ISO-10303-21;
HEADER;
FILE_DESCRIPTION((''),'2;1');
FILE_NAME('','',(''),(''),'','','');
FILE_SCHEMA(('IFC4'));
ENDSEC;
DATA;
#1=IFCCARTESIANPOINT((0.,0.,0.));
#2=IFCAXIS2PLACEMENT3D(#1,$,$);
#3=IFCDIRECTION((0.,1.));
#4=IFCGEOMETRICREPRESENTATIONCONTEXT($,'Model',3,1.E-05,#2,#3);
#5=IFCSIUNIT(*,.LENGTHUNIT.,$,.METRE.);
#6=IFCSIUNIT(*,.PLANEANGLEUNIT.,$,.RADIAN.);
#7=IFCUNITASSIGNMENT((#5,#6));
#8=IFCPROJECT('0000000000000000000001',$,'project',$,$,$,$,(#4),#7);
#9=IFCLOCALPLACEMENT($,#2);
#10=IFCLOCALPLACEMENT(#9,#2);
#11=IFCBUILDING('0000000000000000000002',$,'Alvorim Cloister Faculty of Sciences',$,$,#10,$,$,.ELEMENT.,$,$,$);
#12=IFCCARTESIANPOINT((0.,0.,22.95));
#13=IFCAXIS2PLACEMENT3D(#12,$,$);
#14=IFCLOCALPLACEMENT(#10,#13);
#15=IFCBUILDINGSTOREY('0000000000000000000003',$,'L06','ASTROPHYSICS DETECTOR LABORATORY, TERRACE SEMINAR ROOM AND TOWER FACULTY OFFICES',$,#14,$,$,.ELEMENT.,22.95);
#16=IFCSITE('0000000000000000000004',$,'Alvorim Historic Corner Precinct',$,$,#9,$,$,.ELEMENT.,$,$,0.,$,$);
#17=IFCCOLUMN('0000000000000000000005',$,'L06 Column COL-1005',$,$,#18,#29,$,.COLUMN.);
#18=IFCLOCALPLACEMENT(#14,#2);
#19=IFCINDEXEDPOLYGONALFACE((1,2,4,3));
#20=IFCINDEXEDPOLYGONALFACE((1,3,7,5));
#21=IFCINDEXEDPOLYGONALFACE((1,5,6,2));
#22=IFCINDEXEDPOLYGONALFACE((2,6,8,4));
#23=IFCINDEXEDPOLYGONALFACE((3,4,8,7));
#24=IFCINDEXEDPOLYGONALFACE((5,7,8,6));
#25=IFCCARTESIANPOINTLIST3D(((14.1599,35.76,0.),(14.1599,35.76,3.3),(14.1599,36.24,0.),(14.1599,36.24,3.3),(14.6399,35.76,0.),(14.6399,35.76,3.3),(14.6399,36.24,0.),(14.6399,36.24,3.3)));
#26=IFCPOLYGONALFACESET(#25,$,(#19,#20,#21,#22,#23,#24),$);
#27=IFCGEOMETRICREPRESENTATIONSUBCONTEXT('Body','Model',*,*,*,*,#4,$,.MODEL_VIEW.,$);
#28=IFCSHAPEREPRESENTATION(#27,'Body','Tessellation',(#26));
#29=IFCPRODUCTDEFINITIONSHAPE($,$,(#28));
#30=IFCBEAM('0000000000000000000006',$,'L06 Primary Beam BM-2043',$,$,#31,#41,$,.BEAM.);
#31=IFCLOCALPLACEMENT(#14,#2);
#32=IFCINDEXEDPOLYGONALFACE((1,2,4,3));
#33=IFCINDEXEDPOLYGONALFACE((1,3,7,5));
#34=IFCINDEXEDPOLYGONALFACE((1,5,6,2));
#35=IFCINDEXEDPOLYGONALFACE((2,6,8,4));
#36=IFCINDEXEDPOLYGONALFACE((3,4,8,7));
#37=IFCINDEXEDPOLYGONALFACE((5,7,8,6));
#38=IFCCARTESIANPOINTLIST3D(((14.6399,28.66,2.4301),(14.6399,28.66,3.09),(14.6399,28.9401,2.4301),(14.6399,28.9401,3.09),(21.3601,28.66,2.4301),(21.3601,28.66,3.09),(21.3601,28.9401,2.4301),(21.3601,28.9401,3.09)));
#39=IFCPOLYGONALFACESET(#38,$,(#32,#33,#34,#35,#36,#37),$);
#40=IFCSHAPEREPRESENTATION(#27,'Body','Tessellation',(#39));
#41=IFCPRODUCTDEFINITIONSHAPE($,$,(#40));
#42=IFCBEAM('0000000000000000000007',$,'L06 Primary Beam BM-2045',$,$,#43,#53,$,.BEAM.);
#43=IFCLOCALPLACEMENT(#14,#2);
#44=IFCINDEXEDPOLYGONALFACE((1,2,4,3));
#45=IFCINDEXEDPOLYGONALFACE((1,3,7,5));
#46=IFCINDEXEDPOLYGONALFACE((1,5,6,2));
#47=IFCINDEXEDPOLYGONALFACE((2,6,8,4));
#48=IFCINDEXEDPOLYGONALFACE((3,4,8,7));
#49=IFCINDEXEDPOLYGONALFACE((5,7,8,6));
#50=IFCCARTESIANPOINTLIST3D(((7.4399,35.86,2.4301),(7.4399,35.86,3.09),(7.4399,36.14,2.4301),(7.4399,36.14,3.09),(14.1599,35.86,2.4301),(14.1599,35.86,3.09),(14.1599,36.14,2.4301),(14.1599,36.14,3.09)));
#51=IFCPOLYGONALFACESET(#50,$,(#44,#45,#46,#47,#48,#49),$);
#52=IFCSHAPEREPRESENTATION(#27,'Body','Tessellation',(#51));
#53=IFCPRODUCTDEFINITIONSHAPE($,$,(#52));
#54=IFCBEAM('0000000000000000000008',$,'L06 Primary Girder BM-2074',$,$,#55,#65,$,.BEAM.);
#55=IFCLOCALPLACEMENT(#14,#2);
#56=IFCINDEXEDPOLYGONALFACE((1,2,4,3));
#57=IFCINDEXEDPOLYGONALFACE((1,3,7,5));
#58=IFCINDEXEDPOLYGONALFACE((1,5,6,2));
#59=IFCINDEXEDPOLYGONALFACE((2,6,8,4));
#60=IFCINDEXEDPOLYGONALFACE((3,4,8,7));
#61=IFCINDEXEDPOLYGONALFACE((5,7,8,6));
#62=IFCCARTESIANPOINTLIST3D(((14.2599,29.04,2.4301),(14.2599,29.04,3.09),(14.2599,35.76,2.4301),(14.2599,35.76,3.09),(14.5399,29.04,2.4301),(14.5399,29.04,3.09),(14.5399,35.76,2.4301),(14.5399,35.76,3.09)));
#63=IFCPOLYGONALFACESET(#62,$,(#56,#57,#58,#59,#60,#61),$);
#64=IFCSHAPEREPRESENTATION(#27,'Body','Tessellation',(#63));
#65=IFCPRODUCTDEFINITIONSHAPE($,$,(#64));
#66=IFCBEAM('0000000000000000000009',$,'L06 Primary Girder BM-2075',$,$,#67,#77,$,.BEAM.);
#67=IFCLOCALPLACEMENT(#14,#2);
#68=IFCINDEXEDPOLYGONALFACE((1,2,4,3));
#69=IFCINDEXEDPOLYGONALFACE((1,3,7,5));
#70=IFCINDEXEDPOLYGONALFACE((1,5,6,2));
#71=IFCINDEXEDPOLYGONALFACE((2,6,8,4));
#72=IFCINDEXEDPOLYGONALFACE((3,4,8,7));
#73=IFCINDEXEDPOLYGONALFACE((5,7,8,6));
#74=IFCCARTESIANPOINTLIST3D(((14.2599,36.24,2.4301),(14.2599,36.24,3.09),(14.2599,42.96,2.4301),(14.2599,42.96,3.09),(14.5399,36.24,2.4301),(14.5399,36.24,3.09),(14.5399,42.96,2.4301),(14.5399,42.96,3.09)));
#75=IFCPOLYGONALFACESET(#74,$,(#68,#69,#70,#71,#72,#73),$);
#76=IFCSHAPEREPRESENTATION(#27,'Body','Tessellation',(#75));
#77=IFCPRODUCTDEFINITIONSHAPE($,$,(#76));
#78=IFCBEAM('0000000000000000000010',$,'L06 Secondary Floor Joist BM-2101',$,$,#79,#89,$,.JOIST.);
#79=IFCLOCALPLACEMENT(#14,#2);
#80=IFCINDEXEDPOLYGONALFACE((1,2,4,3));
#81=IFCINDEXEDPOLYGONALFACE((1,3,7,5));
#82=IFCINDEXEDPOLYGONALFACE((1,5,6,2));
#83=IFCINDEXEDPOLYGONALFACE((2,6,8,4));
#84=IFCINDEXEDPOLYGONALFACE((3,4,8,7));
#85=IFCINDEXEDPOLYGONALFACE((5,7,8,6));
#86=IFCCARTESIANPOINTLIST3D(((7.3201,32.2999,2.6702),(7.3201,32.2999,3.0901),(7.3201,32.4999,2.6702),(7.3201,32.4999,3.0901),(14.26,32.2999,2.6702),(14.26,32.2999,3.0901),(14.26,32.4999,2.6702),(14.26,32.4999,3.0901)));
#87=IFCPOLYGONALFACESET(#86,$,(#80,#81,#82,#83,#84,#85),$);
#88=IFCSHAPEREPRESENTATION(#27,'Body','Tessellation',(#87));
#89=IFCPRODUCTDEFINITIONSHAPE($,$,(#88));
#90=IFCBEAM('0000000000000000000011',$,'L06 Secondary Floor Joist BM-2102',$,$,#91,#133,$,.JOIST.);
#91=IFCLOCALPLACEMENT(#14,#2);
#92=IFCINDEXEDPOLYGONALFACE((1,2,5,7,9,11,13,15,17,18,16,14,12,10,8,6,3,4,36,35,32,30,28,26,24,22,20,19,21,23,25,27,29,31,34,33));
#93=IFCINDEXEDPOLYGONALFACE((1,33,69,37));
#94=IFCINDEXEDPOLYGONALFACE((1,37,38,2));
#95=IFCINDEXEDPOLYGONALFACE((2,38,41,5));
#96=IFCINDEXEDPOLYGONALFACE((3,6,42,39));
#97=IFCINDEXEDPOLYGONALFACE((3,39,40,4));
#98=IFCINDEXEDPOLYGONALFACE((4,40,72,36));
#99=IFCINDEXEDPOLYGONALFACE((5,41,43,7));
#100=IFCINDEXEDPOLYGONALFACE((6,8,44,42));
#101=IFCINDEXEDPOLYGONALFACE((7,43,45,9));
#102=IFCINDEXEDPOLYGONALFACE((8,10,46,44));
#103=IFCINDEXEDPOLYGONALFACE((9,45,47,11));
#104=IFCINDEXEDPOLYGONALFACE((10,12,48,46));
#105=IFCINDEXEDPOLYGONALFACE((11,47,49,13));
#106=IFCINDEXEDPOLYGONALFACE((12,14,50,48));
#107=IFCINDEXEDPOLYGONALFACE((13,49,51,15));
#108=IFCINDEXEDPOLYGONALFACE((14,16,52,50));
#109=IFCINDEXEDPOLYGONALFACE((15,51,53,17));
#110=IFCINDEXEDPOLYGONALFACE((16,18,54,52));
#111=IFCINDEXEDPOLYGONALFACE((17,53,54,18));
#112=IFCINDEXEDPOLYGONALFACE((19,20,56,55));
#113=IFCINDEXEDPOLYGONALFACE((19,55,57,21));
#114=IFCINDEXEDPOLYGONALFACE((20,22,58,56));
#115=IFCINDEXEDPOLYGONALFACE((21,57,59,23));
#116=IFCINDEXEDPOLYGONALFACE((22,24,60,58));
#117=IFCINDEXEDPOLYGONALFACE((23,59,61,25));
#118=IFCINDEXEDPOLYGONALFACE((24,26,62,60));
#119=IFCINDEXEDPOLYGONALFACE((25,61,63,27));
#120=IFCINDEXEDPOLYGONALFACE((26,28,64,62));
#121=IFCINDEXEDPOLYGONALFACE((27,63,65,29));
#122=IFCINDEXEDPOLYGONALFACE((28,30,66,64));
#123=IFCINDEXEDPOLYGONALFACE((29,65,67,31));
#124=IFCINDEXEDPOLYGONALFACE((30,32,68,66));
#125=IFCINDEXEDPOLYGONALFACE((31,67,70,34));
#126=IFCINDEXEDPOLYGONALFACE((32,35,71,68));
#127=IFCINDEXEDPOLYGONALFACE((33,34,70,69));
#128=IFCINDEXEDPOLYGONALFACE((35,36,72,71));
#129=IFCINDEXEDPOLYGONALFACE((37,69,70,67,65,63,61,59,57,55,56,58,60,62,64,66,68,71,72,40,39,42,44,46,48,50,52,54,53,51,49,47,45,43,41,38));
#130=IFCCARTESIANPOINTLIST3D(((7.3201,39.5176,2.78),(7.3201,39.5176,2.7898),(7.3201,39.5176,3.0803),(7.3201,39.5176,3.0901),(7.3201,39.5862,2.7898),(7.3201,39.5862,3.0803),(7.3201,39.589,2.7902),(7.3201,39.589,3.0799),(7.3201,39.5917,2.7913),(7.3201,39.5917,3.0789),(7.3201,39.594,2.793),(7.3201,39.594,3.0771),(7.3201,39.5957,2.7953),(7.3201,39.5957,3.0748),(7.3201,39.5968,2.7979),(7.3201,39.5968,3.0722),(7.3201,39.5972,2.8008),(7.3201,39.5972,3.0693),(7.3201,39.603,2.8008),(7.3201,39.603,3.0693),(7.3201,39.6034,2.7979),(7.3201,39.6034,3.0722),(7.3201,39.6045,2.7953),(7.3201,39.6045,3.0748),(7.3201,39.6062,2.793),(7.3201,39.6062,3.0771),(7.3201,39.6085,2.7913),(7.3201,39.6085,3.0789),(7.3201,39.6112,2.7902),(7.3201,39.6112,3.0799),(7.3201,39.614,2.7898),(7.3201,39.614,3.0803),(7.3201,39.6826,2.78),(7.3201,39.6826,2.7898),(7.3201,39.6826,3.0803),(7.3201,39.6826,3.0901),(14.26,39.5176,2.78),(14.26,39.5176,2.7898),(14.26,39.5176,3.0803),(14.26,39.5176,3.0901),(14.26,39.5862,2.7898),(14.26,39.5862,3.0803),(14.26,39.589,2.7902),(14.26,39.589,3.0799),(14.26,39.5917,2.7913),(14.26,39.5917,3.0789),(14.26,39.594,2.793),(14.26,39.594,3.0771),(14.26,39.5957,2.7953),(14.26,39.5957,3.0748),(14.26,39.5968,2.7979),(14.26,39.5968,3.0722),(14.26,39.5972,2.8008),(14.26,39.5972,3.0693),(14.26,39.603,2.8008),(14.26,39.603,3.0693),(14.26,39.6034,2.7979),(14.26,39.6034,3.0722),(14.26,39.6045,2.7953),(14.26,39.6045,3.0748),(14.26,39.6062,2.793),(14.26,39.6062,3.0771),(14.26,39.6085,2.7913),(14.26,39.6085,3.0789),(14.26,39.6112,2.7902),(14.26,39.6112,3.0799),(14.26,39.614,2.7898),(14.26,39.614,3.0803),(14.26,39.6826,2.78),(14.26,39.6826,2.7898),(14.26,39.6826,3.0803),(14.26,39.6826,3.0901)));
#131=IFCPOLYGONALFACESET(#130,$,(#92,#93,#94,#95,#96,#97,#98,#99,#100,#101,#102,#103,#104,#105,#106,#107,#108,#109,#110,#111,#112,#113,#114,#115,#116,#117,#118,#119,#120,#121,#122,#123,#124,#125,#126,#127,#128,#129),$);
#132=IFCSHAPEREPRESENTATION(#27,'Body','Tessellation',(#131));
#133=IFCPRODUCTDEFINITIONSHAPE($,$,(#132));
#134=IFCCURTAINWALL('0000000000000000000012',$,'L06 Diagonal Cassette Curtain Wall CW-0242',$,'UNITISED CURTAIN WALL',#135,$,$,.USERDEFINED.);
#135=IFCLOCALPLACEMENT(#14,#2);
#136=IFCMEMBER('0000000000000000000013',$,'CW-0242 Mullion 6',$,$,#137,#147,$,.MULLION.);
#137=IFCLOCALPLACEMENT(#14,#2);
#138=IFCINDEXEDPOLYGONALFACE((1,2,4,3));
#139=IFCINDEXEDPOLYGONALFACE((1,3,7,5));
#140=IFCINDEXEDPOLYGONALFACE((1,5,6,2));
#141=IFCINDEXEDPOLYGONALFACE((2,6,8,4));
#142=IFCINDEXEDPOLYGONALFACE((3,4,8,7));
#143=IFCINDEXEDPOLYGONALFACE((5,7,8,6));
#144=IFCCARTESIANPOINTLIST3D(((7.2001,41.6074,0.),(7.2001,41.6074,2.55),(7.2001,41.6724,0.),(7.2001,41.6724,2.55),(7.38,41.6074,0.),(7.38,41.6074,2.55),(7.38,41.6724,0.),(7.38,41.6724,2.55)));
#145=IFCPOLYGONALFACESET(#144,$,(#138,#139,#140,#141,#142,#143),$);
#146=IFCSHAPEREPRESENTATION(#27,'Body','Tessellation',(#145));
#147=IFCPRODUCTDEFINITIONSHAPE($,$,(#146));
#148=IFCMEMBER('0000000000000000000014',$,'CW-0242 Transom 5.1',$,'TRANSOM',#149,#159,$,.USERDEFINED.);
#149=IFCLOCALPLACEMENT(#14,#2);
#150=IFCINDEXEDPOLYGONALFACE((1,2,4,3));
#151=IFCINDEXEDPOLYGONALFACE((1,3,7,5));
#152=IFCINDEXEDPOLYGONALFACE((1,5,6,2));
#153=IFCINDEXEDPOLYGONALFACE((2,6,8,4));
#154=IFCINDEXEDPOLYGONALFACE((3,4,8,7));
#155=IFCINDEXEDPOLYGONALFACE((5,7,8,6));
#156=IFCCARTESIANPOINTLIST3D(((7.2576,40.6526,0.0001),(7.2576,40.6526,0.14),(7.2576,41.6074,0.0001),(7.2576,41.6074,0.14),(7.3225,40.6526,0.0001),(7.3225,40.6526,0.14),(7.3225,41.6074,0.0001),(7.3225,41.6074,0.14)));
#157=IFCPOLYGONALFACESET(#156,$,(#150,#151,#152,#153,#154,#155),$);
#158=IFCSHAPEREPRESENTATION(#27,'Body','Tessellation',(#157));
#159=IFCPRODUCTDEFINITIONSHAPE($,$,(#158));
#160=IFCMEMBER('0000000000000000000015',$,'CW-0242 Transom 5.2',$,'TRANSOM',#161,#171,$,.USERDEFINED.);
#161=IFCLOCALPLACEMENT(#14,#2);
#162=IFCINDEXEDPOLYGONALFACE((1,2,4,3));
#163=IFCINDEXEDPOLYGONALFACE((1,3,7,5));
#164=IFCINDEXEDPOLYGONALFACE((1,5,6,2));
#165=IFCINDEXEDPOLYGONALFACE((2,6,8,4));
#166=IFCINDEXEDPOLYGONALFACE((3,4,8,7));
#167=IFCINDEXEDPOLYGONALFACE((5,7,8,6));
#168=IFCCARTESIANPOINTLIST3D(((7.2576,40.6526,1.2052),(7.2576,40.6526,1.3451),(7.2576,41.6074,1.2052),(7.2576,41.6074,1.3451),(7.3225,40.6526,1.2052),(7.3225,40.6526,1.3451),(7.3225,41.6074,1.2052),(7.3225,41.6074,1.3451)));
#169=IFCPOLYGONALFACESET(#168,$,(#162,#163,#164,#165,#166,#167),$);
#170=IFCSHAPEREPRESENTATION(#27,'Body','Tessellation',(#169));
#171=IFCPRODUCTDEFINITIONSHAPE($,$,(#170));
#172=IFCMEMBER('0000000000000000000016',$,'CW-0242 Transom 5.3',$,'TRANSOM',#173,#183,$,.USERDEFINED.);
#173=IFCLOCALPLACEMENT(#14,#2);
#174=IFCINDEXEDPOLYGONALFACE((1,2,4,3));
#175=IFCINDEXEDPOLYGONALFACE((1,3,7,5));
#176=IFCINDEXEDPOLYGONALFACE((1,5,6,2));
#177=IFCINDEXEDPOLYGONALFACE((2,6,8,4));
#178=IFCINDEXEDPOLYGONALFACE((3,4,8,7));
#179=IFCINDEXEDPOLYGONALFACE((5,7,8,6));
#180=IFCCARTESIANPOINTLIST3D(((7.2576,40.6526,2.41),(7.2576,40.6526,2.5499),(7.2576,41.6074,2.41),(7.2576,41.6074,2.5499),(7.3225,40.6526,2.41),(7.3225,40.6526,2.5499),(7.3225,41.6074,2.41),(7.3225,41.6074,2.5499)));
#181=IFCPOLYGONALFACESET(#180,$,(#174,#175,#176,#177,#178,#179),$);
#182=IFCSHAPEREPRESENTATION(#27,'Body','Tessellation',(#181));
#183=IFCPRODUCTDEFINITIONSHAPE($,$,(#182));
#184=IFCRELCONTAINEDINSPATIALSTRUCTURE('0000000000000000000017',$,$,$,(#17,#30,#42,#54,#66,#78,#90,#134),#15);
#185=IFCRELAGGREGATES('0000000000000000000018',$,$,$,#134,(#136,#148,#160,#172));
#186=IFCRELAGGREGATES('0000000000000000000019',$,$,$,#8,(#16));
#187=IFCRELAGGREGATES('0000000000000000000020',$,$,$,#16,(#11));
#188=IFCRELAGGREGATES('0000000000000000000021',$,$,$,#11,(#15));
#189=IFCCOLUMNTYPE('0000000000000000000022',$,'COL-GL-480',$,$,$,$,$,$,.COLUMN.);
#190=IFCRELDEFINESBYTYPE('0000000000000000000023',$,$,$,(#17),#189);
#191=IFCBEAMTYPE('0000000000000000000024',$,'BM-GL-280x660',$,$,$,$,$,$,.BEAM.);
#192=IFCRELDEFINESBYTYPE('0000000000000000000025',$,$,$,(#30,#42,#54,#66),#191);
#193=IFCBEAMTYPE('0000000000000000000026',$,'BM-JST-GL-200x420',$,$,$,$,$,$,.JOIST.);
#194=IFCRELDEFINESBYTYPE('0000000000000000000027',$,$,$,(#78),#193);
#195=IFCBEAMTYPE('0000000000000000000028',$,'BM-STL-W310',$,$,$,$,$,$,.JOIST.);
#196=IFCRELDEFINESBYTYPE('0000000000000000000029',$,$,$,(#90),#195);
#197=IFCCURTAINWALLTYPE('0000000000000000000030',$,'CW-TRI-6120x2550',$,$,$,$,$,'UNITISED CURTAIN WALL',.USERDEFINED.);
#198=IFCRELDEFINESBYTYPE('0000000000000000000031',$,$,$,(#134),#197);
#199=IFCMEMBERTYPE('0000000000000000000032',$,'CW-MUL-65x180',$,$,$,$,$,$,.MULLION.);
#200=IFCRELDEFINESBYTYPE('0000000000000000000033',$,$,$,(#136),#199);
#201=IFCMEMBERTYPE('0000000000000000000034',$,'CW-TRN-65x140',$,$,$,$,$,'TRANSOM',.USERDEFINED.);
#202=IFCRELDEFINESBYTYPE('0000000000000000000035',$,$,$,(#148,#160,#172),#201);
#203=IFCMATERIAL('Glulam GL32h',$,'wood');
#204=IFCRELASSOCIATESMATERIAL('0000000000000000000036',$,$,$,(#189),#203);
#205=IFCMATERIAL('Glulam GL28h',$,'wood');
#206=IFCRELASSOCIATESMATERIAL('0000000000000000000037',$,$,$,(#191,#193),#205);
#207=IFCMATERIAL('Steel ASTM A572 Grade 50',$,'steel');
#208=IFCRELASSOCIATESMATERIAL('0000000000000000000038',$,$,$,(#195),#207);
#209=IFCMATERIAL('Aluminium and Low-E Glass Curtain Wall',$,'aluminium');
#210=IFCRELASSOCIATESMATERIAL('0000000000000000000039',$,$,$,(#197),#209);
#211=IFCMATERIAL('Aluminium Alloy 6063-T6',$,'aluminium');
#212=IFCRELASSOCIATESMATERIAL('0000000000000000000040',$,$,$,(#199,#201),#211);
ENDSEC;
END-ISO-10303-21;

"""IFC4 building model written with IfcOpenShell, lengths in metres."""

from ifc_helpers import new_model, si_unit, direction, frame, origin, origin_2d, place, context, subcontext, project, spatial, rectangle, i_section, extrude, material, material_profile, profile_set, type_object, element, aggregate, save


model = new_model("IFC4")

# Units and contexts
model_context = context("Model", 3, precision=1e-05, world=origin(), true_north=direction((0.0, 1.0)))
body_context = subcontext(model_context, "Body", "Model", "MODEL_VIEW")
ifc_project = project(units=[si_unit("LENGTHUNIT", "METRE"), si_unit("PLANEANGLEUNIT", "RADIAN")], contexts=[model_context])

# Site, building, storey
site_placement = place(None, origin())
site = spatial("IfcSite", under=ifc_project, at=site_placement, Name="Alvorim Historic Corner Precinct", CompositionType="ELEMENT", RefElevation=0.0)
building_placement = place(site_placement, origin())
building = spatial("IfcBuilding", under=site, at=building_placement, Name="Alvorim Cloister Faculty of Sciences", CompositionType="ELEMENT")
storey_placement = place(building_placement, frame((0.0, 0.0, 22.95)))
storey = spatial("IfcBuildingStorey", under=building, at=storey_placement, Name="L06", Description="ASTROPHYSICS DETECTOR LABORATORY, TERRACE SEMINAR ROOM AND TOWER FACULTY OFFICES", CompositionType="ELEMENT", Elevation=22.95)

# Column
ifc_material_1 = material(Name="Glulam GL32h", Category="wood")
ifc_material_profile_1 = material_profile(ifc_material_1, rectangle(XDim=0.48, YDim=0.48, at=origin_2d()), Name="GL32-COL-480x480")
ifc_profile_set_1 = profile_set([ifc_material_profile_1], Name="Glulam GL32h")
column_type = type_object("IfcColumnType", Name="COL-GL-480", PredefinedType="COLUMN", material=ifc_profile_set_1)
column_placement = place(storey_placement, frame((14.3999, 36.0, 0.0), z_axis=(0.0, 0.0, 1.0), x_axis=(1.0, 0.0, 0.0)))
element("IfcColumn", 1, at=column_placement, inside=storey, type_object=column_type, Name="L06 Column COL-1005", PredefinedType="COLUMN", context=body_context, shape_type="SweptSolid", body=[
    extrude(rectangle(XDim=0.48, YDim=0.48, at=origin_2d()), origin(), (0.0, 0.0, 1.0), 3.3),
])

# Beams
ifc_material_2 = material(Name="Glulam GL28h", Category="wood")
ifc_material_profile_2 = material_profile(ifc_material_2, rectangle(XDim=0.28, YDim=0.6599, at=origin_2d()), Name="GL28-BM-280x660")
ifc_profile_set_2 = profile_set([ifc_material_profile_2], Name="Glulam GL28h")
beam_type_1 = type_object("IfcBeamType", Name="BM-GL-280x660", PredefinedType="BEAM", material=ifc_profile_set_2)
beam_1_placement = place(storey_placement, frame((14.6399, 28.8, 2.76), z_axis=(1.0, 0.0, 0.0), x_axis=(0.0, 1.0, 0.0)))
element("IfcBeam", 2, at=beam_1_placement, inside=storey, type_object=beam_type_1, Name="L06 Primary Beam BM-2043", PredefinedType="BEAM", context=body_context, shape_type="SweptSolid", body=[
    extrude(rectangle(XDim=0.28, YDim=0.6599, at=origin_2d()), origin(), (0.0, 0.0, 1.0), 6.7202),
])
for number, where, z_axis, x_axis, name in (
    (3, (7.4399, 36.0, 2.76), (1.0, 0.0, 0.0), (0.0, 1.0, 0.0), "L06 Primary Beam BM-2045"),
    (4, (14.3999, 29.04, 2.76), (0.0, 1.0, 0.0), (-1.0, 0.0, 0.0), "L06 Primary Girder BM-2074"),
    (5, (14.3999, 36.24, 2.76), (0.0, 1.0, 0.0), (-1.0, 0.0, 0.0), "L06 Primary Girder BM-2075"),
):
    element("IfcBeam", number, at=place(storey_placement, frame(where, z_axis=z_axis, x_axis=x_axis)), inside=storey, type_object=beam_type_1, Name=name, PredefinedType="BEAM", context=body_context, shape_type="SweptSolid", body=[
        extrude(rectangle(XDim=0.28, YDim=0.6599, at=origin_2d()), origin(), (0.0, 0.0, 1.0), 6.72),
    ])
ifc_material_profile_3 = material_profile(ifc_material_2, rectangle(XDim=0.2, YDim=0.4199, at=origin_2d()), Name="GL28-JST-200x420")
ifc_profile_set_3 = profile_set([ifc_material_profile_3], Name="Glulam GL28h")
beam_type_2 = type_object("IfcBeamType", Name="BM-JST-GL-200x420", PredefinedType="JOIST", material=ifc_profile_set_3)
beam_2_placement = place(storey_placement, frame((7.3201, 32.3999, 2.8801), z_axis=(1.0, 0.0, 0.0), x_axis=(0.0, 1.0, 0.0)))
element("IfcBeam", 6, at=beam_2_placement, inside=storey, type_object=beam_type_2, Name="L06 Secondary Floor Joist BM-2101", PredefinedType="JOIST", context=body_context, shape_type="SweptSolid", body=[
    extrude(rectangle(XDim=0.2, YDim=0.4199, at=origin_2d()), origin(), (0.0, 0.0, 1.0), 6.9399),
])
ifc_material_3 = material(Name="Steel ASTM A572 Grade 50", Category="steel")
ifc_material_profile_4 = material_profile(ifc_material_3, i_section(OverallWidth=0.165, OverallDepth=0.3101, WebThickness=0.0059, FlangeThickness=0.0098, FilletRadius=0.011, at=origin_2d()), Name="W310x38.7")
ifc_profile_set_4 = profile_set([ifc_material_profile_4], Name="Steel ASTM A572 Grade 50")
beam_type_3 = type_object("IfcBeamType", Name="BM-STL-W310", PredefinedType="JOIST", material=ifc_profile_set_4)
beam_3_placement = place(storey_placement, frame((7.3201, 39.6001, 2.9351), z_axis=(1.0, 0.0, 0.0), x_axis=(0.0, 1.0, 0.0)))
element("IfcBeam", 7, at=beam_3_placement, inside=storey, type_object=beam_type_3, Name="L06 Secondary Floor Joist BM-2102", PredefinedType="JOIST", context=body_context, shape_type="SweptSolid", body=[
    extrude(i_section(OverallWidth=0.165, OverallDepth=0.3101, WebThickness=0.0059, FlangeThickness=0.0098, FilletRadius=0.011, at=origin_2d()), origin(), (0.0, 0.0, 1.0), 6.9399),
])

# Curtain wall, members
ifc_material_4 = material(Name="Aluminium and Low-E Glass Curtain Wall", Category="aluminium")
curtain_wall_type = type_object("IfcCurtainWallType", Name="CW-TRI-6120x2550", ElementType="UNITISED CURTAIN WALL", PredefinedType="USERDEFINED", material=ifc_material_4)
curtain_wall_placement = place(storey_placement, origin())
curtain_wall = element("IfcCurtainWall", 8, at=curtain_wall_placement, inside=storey, type_object=curtain_wall_type, Name="L06 Diagonal Cassette Curtain Wall CW-0242", ObjectType="UNITISED CURTAIN WALL", PredefinedType="USERDEFINED")
ifc_material_5 = material(Name="Aluminium Alloy 6063-T6", Category="aluminium")
ifc_material_profile_5 = material_profile(ifc_material_5, rectangle(XDim=0.0649, YDim=0.1799, at=origin_2d()), Name="ALU-MUL-65x180")
ifc_profile_set_5 = profile_set([ifc_material_profile_5], Name="Aluminium Alloy 6063-T6")
member_type_1 = type_object("IfcMemberType", Name="CW-MUL-65x180", PredefinedType="MULLION", material=ifc_profile_set_5)
member_1_placement = place(storey_placement, frame((7.29, 41.6399, 0.0), z_axis=(0.0, 0.0, 1.0), x_axis=(0.0, 1.0, 0.0)))
member_1 = element("IfcMember", 9, at=member_1_placement, type_object=member_type_1, Name="CW-0242 Mullion 6", PredefinedType="MULLION", context=body_context, shape_type="SweptSolid", body=[
    extrude(rectangle(XDim=0.0649, YDim=0.1799, at=origin_2d()), origin(), (0.0, 0.0, 1.0), 2.55),
])
ifc_material_profile_6 = material_profile(ifc_material_5, rectangle(XDim=0.0649, YDim=0.1399, at=origin_2d()), Name="ALU-TRN-65x140")
ifc_profile_set_6 = profile_set([ifc_material_profile_6], Name="Aluminium Alloy 6063-T6")
member_type_2 = type_object("IfcMemberType", Name="CW-TRN-65x140", ElementType="TRANSOM", PredefinedType="USERDEFINED", material=ifc_profile_set_6)
member_2_placement = place(storey_placement, frame((7.29, 40.6526, 0.0701), z_axis=(0.0, 1.0, 0.0), x_axis=(-1.0, 0.0, 0.0)))
member_2 = element("IfcMember", 10, at=member_2_placement, type_object=member_type_2, Name="CW-0242 Transom 5.1", ObjectType="TRANSOM", PredefinedType="USERDEFINED", context=body_context, shape_type="SweptSolid", body=[
    extrude(rectangle(XDim=0.0649, YDim=0.1399, at=origin_2d()), origin(), (0.0, 0.0, 1.0), 0.9548),
])
member_3_placement = place(storey_placement, frame((7.29, 40.6526, 1.2751), z_axis=(0.0, 1.0, 0.0), x_axis=(-1.0, 0.0, 0.0)))
member_3 = element("IfcMember", 11, at=member_3_placement, type_object=member_type_2, Name="CW-0242 Transom 5.2", ObjectType="TRANSOM", PredefinedType="USERDEFINED", context=body_context, shape_type="SweptSolid", body=[
    extrude(rectangle(XDim=0.0649, YDim=0.1399, at=origin_2d()), origin(), (0.0, 0.0, 1.0), 0.9548),
])
member_4_placement = place(storey_placement, frame((7.29, 40.6526, 2.48), z_axis=(0.0, 1.0, 0.0), x_axis=(-1.0, 0.0, 0.0)))
member_4 = element("IfcMember", 12, at=member_4_placement, type_object=member_type_2, Name="CW-0242 Transom 5.3", ObjectType="TRANSOM", PredefinedType="USERDEFINED", context=body_context, shape_type="SweptSolid", body=[
    extrude(rectangle(XDim=0.0649, YDim=0.1399, at=origin_2d()), origin(), (0.0, 0.0, 1.0), 0.9548),
])
aggregate(curtain_wall, [member_1, member_2, member_3, member_4])

save(model, "model.ifc")
